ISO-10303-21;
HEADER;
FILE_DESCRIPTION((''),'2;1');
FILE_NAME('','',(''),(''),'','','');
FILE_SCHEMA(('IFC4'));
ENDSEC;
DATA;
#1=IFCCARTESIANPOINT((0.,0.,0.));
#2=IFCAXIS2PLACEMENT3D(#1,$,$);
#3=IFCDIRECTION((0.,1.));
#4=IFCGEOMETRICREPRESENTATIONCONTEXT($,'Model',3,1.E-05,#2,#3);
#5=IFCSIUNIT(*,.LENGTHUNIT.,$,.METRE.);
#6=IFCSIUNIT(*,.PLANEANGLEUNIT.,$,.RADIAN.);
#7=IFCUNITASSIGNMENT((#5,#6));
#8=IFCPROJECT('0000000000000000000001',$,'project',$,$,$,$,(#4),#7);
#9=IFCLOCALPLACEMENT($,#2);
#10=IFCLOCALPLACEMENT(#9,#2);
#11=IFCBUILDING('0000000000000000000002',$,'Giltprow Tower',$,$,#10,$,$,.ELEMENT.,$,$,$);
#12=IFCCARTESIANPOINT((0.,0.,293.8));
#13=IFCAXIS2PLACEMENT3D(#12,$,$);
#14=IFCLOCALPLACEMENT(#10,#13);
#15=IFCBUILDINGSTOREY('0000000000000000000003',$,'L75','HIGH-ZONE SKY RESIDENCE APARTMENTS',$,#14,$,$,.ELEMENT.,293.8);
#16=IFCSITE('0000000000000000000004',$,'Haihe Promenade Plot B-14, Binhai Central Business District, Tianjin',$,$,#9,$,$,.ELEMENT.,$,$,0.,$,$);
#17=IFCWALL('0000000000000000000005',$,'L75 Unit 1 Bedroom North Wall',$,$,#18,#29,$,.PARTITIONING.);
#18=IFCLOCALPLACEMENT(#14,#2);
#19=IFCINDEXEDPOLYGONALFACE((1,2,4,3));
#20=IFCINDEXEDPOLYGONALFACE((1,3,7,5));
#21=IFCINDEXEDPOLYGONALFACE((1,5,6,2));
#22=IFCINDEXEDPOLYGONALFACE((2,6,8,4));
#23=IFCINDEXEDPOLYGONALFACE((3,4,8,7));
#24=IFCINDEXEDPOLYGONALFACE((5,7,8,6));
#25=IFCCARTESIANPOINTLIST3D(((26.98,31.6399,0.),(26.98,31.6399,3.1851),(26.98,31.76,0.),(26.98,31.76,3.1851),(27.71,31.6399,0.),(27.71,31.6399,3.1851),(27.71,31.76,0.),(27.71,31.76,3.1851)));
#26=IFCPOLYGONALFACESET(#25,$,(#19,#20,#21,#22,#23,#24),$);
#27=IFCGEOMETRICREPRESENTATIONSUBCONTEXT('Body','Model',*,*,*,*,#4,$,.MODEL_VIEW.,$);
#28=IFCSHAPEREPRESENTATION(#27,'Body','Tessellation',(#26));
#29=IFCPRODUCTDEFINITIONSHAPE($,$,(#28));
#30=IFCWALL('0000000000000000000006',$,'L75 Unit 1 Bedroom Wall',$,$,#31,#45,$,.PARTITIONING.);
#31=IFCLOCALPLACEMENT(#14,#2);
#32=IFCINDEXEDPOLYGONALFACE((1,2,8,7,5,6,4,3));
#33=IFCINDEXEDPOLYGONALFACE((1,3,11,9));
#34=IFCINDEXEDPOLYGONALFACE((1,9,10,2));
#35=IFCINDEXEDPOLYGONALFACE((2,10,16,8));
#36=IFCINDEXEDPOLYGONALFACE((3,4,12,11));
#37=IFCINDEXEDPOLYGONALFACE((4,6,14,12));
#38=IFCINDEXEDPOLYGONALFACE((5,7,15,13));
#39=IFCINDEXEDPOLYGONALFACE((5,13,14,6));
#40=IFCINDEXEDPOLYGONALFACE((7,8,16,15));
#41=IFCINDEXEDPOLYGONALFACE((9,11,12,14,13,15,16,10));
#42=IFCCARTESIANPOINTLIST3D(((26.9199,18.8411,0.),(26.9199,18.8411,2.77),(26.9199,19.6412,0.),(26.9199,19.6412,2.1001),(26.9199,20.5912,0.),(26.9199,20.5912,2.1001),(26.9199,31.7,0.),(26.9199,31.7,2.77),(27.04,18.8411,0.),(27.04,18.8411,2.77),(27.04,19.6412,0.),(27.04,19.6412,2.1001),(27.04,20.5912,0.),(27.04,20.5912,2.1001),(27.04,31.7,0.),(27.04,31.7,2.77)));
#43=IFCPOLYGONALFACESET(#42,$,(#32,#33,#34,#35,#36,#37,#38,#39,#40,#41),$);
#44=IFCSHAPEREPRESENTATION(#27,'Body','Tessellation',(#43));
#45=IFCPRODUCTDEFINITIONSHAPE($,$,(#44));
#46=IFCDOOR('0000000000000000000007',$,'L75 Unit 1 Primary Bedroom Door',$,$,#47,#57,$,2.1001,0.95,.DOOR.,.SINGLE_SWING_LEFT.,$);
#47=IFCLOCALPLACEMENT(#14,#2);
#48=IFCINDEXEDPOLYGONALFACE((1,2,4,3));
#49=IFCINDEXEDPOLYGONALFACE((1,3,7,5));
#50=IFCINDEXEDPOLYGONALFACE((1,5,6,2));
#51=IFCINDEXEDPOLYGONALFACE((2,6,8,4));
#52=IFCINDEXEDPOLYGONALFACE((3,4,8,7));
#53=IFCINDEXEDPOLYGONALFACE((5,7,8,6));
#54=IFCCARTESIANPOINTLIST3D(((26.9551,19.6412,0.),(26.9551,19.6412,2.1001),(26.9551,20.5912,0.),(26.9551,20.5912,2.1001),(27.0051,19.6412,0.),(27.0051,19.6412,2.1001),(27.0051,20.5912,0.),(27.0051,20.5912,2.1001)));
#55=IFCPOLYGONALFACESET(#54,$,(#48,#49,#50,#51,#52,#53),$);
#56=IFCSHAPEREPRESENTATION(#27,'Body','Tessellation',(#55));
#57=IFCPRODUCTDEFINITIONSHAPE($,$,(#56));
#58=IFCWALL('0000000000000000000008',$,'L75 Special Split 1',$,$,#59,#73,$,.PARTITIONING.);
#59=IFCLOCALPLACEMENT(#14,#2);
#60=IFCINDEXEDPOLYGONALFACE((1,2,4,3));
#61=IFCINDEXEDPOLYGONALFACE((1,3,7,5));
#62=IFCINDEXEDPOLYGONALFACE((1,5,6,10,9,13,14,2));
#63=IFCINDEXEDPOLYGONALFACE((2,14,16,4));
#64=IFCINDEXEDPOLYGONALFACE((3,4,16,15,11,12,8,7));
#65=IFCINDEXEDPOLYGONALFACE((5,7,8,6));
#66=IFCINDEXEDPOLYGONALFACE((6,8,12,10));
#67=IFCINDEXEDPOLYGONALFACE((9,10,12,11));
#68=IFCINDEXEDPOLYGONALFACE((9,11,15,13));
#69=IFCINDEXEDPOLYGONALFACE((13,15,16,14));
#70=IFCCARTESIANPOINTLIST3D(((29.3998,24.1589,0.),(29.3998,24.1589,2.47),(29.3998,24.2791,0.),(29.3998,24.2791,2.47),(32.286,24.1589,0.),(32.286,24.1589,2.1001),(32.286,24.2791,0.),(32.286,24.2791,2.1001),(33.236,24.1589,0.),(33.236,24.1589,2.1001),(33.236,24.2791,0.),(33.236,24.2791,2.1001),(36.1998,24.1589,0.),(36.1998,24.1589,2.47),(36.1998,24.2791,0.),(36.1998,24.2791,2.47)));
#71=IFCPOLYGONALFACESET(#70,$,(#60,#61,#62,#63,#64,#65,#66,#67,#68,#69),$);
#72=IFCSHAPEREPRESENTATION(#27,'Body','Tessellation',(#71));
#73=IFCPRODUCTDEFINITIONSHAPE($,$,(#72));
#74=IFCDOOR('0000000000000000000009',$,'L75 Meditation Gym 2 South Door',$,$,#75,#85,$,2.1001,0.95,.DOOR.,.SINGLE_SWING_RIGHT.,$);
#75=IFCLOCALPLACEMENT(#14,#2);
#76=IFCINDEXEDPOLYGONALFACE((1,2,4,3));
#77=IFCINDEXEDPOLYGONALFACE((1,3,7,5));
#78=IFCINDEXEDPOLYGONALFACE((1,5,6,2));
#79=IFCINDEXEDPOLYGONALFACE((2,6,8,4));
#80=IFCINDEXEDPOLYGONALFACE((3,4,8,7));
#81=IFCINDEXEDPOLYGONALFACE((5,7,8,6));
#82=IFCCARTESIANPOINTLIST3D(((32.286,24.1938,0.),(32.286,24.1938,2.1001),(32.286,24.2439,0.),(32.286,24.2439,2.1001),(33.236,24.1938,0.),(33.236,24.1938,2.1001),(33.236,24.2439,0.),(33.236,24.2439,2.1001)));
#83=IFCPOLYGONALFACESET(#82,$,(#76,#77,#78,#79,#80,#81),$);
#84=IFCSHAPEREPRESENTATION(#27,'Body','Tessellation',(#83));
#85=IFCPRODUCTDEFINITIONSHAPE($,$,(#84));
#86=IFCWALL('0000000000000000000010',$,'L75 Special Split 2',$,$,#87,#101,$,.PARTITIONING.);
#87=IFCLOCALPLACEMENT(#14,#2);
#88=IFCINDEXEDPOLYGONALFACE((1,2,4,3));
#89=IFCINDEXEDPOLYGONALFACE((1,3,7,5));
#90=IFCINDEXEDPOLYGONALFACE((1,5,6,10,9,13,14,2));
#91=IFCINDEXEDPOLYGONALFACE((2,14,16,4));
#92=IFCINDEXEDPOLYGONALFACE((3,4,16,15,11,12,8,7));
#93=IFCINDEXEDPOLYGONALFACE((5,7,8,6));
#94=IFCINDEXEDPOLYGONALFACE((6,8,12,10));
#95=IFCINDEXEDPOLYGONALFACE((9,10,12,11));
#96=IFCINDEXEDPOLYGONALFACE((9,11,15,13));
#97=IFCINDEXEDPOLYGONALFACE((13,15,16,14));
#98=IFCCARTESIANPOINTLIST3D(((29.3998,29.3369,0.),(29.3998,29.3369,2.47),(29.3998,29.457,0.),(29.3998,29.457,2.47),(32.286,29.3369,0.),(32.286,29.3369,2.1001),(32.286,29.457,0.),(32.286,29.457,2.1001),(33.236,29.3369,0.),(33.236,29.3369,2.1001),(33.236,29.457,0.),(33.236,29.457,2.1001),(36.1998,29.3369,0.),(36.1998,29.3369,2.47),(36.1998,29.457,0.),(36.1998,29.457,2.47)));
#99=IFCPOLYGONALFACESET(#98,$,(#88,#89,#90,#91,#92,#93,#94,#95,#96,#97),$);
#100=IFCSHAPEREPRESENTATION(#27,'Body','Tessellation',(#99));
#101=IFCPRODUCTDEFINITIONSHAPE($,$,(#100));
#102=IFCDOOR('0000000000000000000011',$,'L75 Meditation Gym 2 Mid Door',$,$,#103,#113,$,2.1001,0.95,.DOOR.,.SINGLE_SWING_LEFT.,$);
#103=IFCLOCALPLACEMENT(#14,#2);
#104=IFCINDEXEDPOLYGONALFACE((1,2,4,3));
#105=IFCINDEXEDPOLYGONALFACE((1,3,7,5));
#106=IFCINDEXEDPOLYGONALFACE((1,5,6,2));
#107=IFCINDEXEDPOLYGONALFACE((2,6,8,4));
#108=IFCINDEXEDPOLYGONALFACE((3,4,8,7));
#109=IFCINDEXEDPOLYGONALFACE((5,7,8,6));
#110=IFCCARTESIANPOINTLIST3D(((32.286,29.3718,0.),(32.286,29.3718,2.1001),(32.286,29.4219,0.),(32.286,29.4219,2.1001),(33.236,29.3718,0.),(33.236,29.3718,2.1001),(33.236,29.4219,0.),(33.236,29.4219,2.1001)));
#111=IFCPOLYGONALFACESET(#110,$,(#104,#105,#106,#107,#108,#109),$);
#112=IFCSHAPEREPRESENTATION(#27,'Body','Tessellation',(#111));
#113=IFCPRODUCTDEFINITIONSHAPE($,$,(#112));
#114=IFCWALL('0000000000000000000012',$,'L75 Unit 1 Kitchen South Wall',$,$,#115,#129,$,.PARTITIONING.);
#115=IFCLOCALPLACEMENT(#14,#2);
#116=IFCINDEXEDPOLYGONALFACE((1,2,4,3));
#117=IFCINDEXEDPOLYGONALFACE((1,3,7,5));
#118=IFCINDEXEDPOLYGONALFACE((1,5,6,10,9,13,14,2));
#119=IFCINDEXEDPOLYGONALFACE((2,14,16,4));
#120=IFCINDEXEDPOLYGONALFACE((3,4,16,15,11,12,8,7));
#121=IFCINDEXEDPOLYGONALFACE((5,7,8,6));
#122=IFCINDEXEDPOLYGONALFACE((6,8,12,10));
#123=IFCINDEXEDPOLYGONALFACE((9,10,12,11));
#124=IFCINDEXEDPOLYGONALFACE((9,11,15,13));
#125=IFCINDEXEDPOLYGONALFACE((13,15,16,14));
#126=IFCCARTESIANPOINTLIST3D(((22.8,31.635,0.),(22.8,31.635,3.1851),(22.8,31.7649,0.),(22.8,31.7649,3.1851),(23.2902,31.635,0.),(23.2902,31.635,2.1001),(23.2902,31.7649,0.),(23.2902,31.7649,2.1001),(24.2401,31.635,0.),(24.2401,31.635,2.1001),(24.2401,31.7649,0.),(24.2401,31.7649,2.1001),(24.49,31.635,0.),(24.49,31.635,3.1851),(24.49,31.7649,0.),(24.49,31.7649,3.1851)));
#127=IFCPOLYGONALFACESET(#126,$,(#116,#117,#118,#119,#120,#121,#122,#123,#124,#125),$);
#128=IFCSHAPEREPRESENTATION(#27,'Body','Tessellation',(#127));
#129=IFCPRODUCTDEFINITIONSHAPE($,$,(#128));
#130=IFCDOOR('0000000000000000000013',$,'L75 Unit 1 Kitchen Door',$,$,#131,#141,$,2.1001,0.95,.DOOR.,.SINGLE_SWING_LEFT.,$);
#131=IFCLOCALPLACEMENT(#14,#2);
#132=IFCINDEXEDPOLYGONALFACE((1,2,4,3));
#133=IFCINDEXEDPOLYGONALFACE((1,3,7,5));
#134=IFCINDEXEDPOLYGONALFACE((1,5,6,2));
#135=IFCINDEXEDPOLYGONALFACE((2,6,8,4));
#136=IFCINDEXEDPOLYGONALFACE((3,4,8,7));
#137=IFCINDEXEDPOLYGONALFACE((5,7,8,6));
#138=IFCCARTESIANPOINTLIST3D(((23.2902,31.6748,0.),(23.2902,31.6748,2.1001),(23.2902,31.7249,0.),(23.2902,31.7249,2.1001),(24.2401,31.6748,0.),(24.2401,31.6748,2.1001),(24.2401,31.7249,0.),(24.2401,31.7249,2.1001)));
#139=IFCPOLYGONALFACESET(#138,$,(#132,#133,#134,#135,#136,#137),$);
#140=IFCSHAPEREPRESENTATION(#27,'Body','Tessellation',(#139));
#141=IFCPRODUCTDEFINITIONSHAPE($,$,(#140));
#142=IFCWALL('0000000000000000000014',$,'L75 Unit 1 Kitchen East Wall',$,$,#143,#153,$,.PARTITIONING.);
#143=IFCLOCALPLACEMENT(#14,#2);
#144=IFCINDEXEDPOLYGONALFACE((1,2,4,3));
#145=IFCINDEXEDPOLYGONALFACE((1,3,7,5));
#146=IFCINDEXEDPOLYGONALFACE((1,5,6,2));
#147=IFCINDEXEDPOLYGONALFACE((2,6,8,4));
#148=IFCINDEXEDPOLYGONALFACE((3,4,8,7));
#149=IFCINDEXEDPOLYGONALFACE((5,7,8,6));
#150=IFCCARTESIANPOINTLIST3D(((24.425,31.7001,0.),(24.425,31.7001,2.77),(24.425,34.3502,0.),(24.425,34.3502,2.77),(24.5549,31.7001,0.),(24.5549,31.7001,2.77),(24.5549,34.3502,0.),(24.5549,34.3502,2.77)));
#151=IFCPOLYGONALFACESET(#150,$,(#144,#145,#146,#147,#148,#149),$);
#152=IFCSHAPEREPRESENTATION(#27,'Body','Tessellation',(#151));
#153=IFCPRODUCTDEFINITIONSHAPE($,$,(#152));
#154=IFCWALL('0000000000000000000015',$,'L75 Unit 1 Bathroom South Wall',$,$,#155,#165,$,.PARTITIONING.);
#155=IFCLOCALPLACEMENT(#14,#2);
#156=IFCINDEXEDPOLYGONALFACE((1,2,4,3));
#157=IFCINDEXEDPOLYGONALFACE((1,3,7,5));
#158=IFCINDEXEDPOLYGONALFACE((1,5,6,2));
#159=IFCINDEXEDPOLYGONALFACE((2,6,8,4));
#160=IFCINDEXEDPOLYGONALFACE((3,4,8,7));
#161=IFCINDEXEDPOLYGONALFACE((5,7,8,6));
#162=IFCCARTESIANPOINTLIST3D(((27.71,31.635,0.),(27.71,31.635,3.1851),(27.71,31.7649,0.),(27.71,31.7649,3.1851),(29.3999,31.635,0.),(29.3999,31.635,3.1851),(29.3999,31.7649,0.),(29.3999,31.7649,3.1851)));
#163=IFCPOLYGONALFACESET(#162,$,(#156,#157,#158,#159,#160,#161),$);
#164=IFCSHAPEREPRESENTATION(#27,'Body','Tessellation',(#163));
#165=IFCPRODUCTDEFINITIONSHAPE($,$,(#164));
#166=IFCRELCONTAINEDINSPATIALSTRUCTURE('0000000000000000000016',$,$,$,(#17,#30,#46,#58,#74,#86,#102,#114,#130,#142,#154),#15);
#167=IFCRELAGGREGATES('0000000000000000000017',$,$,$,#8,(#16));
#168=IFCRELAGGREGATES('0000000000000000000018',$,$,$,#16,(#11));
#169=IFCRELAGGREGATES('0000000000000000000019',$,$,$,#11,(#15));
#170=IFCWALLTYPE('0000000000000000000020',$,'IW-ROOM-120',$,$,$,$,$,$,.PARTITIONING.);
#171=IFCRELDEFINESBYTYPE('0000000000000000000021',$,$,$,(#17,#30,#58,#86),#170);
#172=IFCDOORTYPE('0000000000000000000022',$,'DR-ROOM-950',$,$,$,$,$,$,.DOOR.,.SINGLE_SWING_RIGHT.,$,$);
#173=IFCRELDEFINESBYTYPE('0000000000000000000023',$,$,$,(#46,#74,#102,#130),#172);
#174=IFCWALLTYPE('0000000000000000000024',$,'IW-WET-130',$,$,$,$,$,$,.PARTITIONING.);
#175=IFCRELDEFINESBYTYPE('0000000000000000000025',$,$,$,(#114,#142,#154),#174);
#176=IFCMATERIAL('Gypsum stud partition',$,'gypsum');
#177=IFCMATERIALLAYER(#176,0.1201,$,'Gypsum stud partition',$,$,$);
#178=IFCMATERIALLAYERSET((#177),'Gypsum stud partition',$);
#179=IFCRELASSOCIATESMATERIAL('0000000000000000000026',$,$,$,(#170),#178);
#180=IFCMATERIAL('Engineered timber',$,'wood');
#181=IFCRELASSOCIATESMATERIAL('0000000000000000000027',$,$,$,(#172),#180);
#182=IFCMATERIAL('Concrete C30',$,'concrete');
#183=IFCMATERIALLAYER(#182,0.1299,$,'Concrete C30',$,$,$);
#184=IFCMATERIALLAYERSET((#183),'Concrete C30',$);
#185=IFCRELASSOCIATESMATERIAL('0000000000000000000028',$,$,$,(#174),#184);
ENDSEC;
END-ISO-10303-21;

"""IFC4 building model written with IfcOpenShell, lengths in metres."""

from ifc_helpers import new_model, si_unit, direction, frame, frame_2d, origin, place, context, subcontext, project, spatial, rectangle, extrude, source, transform, mapped, material, layer, layer_set, type_object, element, fill, save


model = new_model("IFC4")

# Units and contexts
model_context = context("Model", 3, precision=1e-05, world=origin(), true_north=direction((0.0, 1.0)))
body_context = subcontext(model_context, "Body", "Model", "MODEL_VIEW")
ifc_project = project(units=[si_unit("LENGTHUNIT", "METRE"), si_unit("PLANEANGLEUNIT", "RADIAN")], contexts=[model_context])

# Site, building, storey
site_placement = place(None, origin())
site = spatial("IfcSite", under=ifc_project, at=site_placement, Name="Haihe Promenade Plot B-14, Binhai Central Business District, Tianjin", CompositionType="ELEMENT", RefElevation=0.0)
building_placement = place(site_placement, origin())
building = spatial("IfcBuilding", under=site, at=building_placement, Name="Giltprow Tower", CompositionType="ELEMENT")
storey_placement = place(building_placement, frame((0.0, 0.0, 293.8)))
storey = spatial("IfcBuildingStorey", under=building, at=storey_placement, Name="L75", Description="HIGH-ZONE SKY RESIDENCE APARTMENTS", CompositionType="ELEMENT", Elevation=293.8)

# Wall
ifc_material_1 = material(Name="Gypsum stud partition", Category="gypsum")
ifc_layer_1 = layer(ifc_material_1, 0.1201, Name="Gypsum stud partition")
ifc_layer_set_1 = layer_set([ifc_layer_1], Name="Gypsum stud partition")
wall_type_1 = type_object("IfcWallType", Name="IW-ROOM-120", PredefinedType="PARTITIONING", material=ifc_layer_set_1)
wall_1_placement = place(storey_placement, frame((26.98, 31.7, 0.0), z_axis=(0.0, 0.0, 1.0), x_axis=(1.0, 0.0, 0.0)))
element("IfcWall", 1, at=wall_1_placement, inside=storey, type_object=wall_type_1, Name="L75 Unit 1 Bedroom North Wall", PredefinedType="PARTITIONING", context=body_context, shape_type="SweptSolid", body=[
    extrude(rectangle(XDim=0.73, YDim=0.1201, at=frame_2d((0.365, 0.0))), origin(), (0.0, 0.0, 1.0), 3.1851),
])

# Walls, openings, doors
wall_2_placement = place(storey_placement, frame((26.98, 18.8411, 0.0), z_axis=(0.0, 0.0, 1.0), x_axis=(0.0, 1.0, 0.0)))
wall_2 = element("IfcWall", 2, at=wall_2_placement, inside=storey, type_object=wall_type_1, Name="L75 Unit 1 Bedroom Wall", PredefinedType="PARTITIONING", context=body_context, shape_type="SweptSolid", body=[
    extrude(rectangle(XDim=12.8589, YDim=0.1201, at=frame_2d((6.4294, 0.0))), origin(), (0.0, 0.0, 1.0), 2.77),
])
opening_1_placement = place(wall_2_placement, frame((0.8, 0.0, 0.0)))
opening_1 = element("IfcOpeningElement", 3, at=opening_1_placement, cuts=wall_2, PredefinedType="OPENING", context=body_context, shape_type="SweptSolid", body=[
    extrude(rectangle(XDim=0.95, YDim=2.1001, at=frame_2d((0.4751, 1.05))), frame((0.0, 0.0701, 0.0), z_axis=(0.0, -1.0, 0.0), x_axis=(1.0, 0.0, 0.0)), (0.0, 0.0, 1.0), 0.1401),
])
ifc_material_2 = material(Name="Engineered timber", Category="wood")
door_type_1 = type_object("IfcDoorType", Name="DR-ROOM-950", OperationType="SINGLE_SWING_RIGHT", PredefinedType="DOOR", material=ifc_material_2)
shared_shape_1 = source(origin(), body_context, "Body", "SweptSolid", [
    extrude(rectangle(XDim=0.95, YDim=2.1001, at=frame_2d((0.4751, 1.05))), frame((0.0, 0.0249, 0.0), z_axis=(0.0, -1.0, 0.0), x_axis=(1.0, 0.0, 0.0)), (0.0, 0.0, 1.0), 0.05),
])
door_1_placement = place(opening_1_placement, origin())
door_1 = element("IfcDoor", 4, at=door_1_placement, inside=storey, type_object=door_type_1, Name="L75 Unit 1 Primary Bedroom Door", OperationType="SINGLE_SWING_LEFT", OverallHeight=2.1001, OverallWidth=0.95, PredefinedType="DOOR", context=body_context, shape_type="MappedRepresentation", body=[
    mapped(shared_shape_1, transform((0.0, 0.0, 0.0), x_axis=(1.0, 0.0, 0.0), y_axis=(0.0, 1.0, 0.0), z_axis=(0.0, 0.0, 1.0), scale=1.0)),
])
fill(opening_1, door_1)
wall_3_placement = place(storey_placement, frame((29.3999, 24.219, 0.0), z_axis=(0.0, 0.0, 1.0), x_axis=(1.0, 0.0, 0.0)))
wall_3 = element("IfcWall", 5, at=wall_3_placement, inside=storey, type_object=wall_type_1, Name="L75 Special Split 1", PredefinedType="PARTITIONING", context=body_context, shape_type="SweptSolid", body=[
    extrude(rectangle(XDim=6.8, YDim=0.1201, at=frame_2d((3.3999, 0.0))), origin(), (0.0, 0.0, 1.0), 2.47),
])
opening_2_placement = place(wall_3_placement, frame((2.886, 0.0, 0.0)))
opening_2 = element("IfcOpeningElement", 6, at=opening_2_placement, cuts=wall_3, PredefinedType="OPENING", context=body_context, shape_type="SweptSolid", body=[
    extrude(rectangle(XDim=0.95, YDim=2.1001, at=frame_2d((0.4751, 1.05))), frame((0.0, 0.0701, 0.0), z_axis=(0.0, -1.0, 0.0), x_axis=(1.0, 0.0, 0.0)), (0.0, 0.0, 1.0), 0.1401),
])
door_2_placement = place(opening_2_placement, origin())
door_2 = element("IfcDoor", 7, at=door_2_placement, inside=storey, type_object=door_type_1, Name="L75 Meditation Gym 2 South Door", OperationType="SINGLE_SWING_RIGHT", OverallHeight=2.1001, OverallWidth=0.95, PredefinedType="DOOR", context=body_context, shape_type="MappedRepresentation", body=[
    mapped(shared_shape_1, transform((0.0, 0.0, 0.0), x_axis=(1.0, 0.0, 0.0), y_axis=(0.0, 1.0, 0.0), z_axis=(0.0, 0.0, 1.0), scale=1.0)),
])
fill(opening_2, door_2)
wall_4_placement = place(storey_placement, frame((29.3999, 29.397, 0.0), z_axis=(0.0, 0.0, 1.0), x_axis=(1.0, 0.0, 0.0)))
wall_4 = element("IfcWall", 8, at=wall_4_placement, inside=storey, type_object=wall_type_1, Name="L75 Special Split 2", PredefinedType="PARTITIONING", context=body_context, shape_type="SweptSolid", body=[
    extrude(rectangle(XDim=6.8, YDim=0.1201, at=frame_2d((3.3999, 0.0))), origin(), (0.0, 0.0, 1.0), 2.47),
])
opening_3_placement = place(wall_4_placement, frame((2.886, 0.0, 0.0)))
opening_3 = element("IfcOpeningElement", 9, at=opening_3_placement, cuts=wall_4, PredefinedType="OPENING", context=body_context, shape_type="SweptSolid", body=[
    extrude(rectangle(XDim=0.95, YDim=2.1001, at=frame_2d((0.4751, 1.05))), frame((0.0, 0.0701, 0.0), z_axis=(0.0, -1.0, 0.0), x_axis=(1.0, 0.0, 0.0)), (0.0, 0.0, 1.0), 0.1401),
])
door_3_placement = place(opening_3_placement, origin())
door_3 = element("IfcDoor", 10, at=door_3_placement, inside=storey, type_object=door_type_1, Name="L75 Meditation Gym 2 Mid Door", OperationType="SINGLE_SWING_LEFT", OverallHeight=2.1001, OverallWidth=0.95, PredefinedType="DOOR", context=body_context, shape_type="MappedRepresentation", body=[
    mapped(shared_shape_1, transform((0.0, 0.0, 0.0), x_axis=(1.0, 0.0, 0.0), y_axis=(0.0, 1.0, 0.0), z_axis=(0.0, 0.0, 1.0), scale=1.0)),
])
fill(opening_3, door_3)
ifc_material_3 = material(Name="Concrete C30", Category="concrete")
ifc_layer_2 = layer(ifc_material_3, 0.1299, Name="Concrete C30")
ifc_layer_set_2 = layer_set([ifc_layer_2], Name="Concrete C30")
wall_type_2 = type_object("IfcWallType", Name="IW-WET-130", PredefinedType="PARTITIONING", material=ifc_layer_set_2)
wall_5_placement = place(storey_placement, frame((22.8, 31.7, 0.0), z_axis=(0.0, 0.0, 1.0), x_axis=(1.0, 0.0, 0.0)))
wall_5 = element("IfcWall", 11, at=wall_5_placement, inside=storey, type_object=wall_type_2, Name="L75 Unit 1 Kitchen South Wall", PredefinedType="PARTITIONING", context=body_context, shape_type="SweptSolid", body=[
    extrude(rectangle(XDim=1.6899, YDim=0.1299, at=frame_2d((0.845, 0.0))), origin(), (0.0, 0.0, 1.0), 3.1851),
])
opening_4_placement = place(wall_5_placement, frame((0.49, 0.0, 0.0)))
opening_4 = element("IfcOpeningElement", 12, at=opening_4_placement, cuts=wall_5, PredefinedType="OPENING", context=body_context, shape_type="SweptSolid", body=[
    extrude(rectangle(XDim=0.95, YDim=2.1001, at=frame_2d((0.4751, 1.05))), frame((0.0, 0.075, 0.0), z_axis=(0.0, -1.0, 0.0), x_axis=(1.0, 0.0, 0.0)), (0.0, 0.0, 1.0), 0.1499),
])
door_4_placement = place(opening_4_placement, origin())
door_4 = element("IfcDoor", 13, at=door_4_placement, inside=storey, type_object=door_type_1, Name="L75 Unit 1 Kitchen Door", OperationType="SINGLE_SWING_LEFT", OverallHeight=2.1001, OverallWidth=0.95, PredefinedType="DOOR", context=body_context, shape_type="MappedRepresentation", body=[
    mapped(shared_shape_1, transform((0.0, 0.0, 0.0), x_axis=(1.0, 0.0, 0.0), y_axis=(0.0, 1.0, 0.0), z_axis=(0.0, 0.0, 1.0), scale=1.0)),
])
fill(opening_4, door_4)

# Walls
wall_6_placement = place(storey_placement, frame((24.49, 31.7, 0.0), z_axis=(0.0, 0.0, 1.0), x_axis=(0.0, 1.0, 0.0)))
element("IfcWall", 14, at=wall_6_placement, inside=storey, type_object=wall_type_2, Name="L75 Unit 1 Kitchen East Wall", PredefinedType="PARTITIONING", context=body_context, shape_type="SweptSolid", body=[
    extrude(rectangle(XDim=2.6501, YDim=0.1299, at=frame_2d((1.3252, 0.0))), origin(), (0.0, 0.0, 1.0), 2.77),
])
wall_7_placement = place(storey_placement, frame((27.71, 31.7, 0.0), z_axis=(0.0, 0.0, 1.0), x_axis=(1.0, 0.0, 0.0)))
element("IfcWall", 15, at=wall_7_placement, inside=storey, type_object=wall_type_2, Name="L75 Unit 1 Bathroom South Wall", PredefinedType="PARTITIONING", context=body_context, shape_type="SweptSolid", body=[
    extrude(rectangle(XDim=1.6899, YDim=0.1299, at=frame_2d((0.845, 0.0))), origin(), (0.0, 0.0, 1.0), 3.1851),
])

save(model, "model.ifc")
